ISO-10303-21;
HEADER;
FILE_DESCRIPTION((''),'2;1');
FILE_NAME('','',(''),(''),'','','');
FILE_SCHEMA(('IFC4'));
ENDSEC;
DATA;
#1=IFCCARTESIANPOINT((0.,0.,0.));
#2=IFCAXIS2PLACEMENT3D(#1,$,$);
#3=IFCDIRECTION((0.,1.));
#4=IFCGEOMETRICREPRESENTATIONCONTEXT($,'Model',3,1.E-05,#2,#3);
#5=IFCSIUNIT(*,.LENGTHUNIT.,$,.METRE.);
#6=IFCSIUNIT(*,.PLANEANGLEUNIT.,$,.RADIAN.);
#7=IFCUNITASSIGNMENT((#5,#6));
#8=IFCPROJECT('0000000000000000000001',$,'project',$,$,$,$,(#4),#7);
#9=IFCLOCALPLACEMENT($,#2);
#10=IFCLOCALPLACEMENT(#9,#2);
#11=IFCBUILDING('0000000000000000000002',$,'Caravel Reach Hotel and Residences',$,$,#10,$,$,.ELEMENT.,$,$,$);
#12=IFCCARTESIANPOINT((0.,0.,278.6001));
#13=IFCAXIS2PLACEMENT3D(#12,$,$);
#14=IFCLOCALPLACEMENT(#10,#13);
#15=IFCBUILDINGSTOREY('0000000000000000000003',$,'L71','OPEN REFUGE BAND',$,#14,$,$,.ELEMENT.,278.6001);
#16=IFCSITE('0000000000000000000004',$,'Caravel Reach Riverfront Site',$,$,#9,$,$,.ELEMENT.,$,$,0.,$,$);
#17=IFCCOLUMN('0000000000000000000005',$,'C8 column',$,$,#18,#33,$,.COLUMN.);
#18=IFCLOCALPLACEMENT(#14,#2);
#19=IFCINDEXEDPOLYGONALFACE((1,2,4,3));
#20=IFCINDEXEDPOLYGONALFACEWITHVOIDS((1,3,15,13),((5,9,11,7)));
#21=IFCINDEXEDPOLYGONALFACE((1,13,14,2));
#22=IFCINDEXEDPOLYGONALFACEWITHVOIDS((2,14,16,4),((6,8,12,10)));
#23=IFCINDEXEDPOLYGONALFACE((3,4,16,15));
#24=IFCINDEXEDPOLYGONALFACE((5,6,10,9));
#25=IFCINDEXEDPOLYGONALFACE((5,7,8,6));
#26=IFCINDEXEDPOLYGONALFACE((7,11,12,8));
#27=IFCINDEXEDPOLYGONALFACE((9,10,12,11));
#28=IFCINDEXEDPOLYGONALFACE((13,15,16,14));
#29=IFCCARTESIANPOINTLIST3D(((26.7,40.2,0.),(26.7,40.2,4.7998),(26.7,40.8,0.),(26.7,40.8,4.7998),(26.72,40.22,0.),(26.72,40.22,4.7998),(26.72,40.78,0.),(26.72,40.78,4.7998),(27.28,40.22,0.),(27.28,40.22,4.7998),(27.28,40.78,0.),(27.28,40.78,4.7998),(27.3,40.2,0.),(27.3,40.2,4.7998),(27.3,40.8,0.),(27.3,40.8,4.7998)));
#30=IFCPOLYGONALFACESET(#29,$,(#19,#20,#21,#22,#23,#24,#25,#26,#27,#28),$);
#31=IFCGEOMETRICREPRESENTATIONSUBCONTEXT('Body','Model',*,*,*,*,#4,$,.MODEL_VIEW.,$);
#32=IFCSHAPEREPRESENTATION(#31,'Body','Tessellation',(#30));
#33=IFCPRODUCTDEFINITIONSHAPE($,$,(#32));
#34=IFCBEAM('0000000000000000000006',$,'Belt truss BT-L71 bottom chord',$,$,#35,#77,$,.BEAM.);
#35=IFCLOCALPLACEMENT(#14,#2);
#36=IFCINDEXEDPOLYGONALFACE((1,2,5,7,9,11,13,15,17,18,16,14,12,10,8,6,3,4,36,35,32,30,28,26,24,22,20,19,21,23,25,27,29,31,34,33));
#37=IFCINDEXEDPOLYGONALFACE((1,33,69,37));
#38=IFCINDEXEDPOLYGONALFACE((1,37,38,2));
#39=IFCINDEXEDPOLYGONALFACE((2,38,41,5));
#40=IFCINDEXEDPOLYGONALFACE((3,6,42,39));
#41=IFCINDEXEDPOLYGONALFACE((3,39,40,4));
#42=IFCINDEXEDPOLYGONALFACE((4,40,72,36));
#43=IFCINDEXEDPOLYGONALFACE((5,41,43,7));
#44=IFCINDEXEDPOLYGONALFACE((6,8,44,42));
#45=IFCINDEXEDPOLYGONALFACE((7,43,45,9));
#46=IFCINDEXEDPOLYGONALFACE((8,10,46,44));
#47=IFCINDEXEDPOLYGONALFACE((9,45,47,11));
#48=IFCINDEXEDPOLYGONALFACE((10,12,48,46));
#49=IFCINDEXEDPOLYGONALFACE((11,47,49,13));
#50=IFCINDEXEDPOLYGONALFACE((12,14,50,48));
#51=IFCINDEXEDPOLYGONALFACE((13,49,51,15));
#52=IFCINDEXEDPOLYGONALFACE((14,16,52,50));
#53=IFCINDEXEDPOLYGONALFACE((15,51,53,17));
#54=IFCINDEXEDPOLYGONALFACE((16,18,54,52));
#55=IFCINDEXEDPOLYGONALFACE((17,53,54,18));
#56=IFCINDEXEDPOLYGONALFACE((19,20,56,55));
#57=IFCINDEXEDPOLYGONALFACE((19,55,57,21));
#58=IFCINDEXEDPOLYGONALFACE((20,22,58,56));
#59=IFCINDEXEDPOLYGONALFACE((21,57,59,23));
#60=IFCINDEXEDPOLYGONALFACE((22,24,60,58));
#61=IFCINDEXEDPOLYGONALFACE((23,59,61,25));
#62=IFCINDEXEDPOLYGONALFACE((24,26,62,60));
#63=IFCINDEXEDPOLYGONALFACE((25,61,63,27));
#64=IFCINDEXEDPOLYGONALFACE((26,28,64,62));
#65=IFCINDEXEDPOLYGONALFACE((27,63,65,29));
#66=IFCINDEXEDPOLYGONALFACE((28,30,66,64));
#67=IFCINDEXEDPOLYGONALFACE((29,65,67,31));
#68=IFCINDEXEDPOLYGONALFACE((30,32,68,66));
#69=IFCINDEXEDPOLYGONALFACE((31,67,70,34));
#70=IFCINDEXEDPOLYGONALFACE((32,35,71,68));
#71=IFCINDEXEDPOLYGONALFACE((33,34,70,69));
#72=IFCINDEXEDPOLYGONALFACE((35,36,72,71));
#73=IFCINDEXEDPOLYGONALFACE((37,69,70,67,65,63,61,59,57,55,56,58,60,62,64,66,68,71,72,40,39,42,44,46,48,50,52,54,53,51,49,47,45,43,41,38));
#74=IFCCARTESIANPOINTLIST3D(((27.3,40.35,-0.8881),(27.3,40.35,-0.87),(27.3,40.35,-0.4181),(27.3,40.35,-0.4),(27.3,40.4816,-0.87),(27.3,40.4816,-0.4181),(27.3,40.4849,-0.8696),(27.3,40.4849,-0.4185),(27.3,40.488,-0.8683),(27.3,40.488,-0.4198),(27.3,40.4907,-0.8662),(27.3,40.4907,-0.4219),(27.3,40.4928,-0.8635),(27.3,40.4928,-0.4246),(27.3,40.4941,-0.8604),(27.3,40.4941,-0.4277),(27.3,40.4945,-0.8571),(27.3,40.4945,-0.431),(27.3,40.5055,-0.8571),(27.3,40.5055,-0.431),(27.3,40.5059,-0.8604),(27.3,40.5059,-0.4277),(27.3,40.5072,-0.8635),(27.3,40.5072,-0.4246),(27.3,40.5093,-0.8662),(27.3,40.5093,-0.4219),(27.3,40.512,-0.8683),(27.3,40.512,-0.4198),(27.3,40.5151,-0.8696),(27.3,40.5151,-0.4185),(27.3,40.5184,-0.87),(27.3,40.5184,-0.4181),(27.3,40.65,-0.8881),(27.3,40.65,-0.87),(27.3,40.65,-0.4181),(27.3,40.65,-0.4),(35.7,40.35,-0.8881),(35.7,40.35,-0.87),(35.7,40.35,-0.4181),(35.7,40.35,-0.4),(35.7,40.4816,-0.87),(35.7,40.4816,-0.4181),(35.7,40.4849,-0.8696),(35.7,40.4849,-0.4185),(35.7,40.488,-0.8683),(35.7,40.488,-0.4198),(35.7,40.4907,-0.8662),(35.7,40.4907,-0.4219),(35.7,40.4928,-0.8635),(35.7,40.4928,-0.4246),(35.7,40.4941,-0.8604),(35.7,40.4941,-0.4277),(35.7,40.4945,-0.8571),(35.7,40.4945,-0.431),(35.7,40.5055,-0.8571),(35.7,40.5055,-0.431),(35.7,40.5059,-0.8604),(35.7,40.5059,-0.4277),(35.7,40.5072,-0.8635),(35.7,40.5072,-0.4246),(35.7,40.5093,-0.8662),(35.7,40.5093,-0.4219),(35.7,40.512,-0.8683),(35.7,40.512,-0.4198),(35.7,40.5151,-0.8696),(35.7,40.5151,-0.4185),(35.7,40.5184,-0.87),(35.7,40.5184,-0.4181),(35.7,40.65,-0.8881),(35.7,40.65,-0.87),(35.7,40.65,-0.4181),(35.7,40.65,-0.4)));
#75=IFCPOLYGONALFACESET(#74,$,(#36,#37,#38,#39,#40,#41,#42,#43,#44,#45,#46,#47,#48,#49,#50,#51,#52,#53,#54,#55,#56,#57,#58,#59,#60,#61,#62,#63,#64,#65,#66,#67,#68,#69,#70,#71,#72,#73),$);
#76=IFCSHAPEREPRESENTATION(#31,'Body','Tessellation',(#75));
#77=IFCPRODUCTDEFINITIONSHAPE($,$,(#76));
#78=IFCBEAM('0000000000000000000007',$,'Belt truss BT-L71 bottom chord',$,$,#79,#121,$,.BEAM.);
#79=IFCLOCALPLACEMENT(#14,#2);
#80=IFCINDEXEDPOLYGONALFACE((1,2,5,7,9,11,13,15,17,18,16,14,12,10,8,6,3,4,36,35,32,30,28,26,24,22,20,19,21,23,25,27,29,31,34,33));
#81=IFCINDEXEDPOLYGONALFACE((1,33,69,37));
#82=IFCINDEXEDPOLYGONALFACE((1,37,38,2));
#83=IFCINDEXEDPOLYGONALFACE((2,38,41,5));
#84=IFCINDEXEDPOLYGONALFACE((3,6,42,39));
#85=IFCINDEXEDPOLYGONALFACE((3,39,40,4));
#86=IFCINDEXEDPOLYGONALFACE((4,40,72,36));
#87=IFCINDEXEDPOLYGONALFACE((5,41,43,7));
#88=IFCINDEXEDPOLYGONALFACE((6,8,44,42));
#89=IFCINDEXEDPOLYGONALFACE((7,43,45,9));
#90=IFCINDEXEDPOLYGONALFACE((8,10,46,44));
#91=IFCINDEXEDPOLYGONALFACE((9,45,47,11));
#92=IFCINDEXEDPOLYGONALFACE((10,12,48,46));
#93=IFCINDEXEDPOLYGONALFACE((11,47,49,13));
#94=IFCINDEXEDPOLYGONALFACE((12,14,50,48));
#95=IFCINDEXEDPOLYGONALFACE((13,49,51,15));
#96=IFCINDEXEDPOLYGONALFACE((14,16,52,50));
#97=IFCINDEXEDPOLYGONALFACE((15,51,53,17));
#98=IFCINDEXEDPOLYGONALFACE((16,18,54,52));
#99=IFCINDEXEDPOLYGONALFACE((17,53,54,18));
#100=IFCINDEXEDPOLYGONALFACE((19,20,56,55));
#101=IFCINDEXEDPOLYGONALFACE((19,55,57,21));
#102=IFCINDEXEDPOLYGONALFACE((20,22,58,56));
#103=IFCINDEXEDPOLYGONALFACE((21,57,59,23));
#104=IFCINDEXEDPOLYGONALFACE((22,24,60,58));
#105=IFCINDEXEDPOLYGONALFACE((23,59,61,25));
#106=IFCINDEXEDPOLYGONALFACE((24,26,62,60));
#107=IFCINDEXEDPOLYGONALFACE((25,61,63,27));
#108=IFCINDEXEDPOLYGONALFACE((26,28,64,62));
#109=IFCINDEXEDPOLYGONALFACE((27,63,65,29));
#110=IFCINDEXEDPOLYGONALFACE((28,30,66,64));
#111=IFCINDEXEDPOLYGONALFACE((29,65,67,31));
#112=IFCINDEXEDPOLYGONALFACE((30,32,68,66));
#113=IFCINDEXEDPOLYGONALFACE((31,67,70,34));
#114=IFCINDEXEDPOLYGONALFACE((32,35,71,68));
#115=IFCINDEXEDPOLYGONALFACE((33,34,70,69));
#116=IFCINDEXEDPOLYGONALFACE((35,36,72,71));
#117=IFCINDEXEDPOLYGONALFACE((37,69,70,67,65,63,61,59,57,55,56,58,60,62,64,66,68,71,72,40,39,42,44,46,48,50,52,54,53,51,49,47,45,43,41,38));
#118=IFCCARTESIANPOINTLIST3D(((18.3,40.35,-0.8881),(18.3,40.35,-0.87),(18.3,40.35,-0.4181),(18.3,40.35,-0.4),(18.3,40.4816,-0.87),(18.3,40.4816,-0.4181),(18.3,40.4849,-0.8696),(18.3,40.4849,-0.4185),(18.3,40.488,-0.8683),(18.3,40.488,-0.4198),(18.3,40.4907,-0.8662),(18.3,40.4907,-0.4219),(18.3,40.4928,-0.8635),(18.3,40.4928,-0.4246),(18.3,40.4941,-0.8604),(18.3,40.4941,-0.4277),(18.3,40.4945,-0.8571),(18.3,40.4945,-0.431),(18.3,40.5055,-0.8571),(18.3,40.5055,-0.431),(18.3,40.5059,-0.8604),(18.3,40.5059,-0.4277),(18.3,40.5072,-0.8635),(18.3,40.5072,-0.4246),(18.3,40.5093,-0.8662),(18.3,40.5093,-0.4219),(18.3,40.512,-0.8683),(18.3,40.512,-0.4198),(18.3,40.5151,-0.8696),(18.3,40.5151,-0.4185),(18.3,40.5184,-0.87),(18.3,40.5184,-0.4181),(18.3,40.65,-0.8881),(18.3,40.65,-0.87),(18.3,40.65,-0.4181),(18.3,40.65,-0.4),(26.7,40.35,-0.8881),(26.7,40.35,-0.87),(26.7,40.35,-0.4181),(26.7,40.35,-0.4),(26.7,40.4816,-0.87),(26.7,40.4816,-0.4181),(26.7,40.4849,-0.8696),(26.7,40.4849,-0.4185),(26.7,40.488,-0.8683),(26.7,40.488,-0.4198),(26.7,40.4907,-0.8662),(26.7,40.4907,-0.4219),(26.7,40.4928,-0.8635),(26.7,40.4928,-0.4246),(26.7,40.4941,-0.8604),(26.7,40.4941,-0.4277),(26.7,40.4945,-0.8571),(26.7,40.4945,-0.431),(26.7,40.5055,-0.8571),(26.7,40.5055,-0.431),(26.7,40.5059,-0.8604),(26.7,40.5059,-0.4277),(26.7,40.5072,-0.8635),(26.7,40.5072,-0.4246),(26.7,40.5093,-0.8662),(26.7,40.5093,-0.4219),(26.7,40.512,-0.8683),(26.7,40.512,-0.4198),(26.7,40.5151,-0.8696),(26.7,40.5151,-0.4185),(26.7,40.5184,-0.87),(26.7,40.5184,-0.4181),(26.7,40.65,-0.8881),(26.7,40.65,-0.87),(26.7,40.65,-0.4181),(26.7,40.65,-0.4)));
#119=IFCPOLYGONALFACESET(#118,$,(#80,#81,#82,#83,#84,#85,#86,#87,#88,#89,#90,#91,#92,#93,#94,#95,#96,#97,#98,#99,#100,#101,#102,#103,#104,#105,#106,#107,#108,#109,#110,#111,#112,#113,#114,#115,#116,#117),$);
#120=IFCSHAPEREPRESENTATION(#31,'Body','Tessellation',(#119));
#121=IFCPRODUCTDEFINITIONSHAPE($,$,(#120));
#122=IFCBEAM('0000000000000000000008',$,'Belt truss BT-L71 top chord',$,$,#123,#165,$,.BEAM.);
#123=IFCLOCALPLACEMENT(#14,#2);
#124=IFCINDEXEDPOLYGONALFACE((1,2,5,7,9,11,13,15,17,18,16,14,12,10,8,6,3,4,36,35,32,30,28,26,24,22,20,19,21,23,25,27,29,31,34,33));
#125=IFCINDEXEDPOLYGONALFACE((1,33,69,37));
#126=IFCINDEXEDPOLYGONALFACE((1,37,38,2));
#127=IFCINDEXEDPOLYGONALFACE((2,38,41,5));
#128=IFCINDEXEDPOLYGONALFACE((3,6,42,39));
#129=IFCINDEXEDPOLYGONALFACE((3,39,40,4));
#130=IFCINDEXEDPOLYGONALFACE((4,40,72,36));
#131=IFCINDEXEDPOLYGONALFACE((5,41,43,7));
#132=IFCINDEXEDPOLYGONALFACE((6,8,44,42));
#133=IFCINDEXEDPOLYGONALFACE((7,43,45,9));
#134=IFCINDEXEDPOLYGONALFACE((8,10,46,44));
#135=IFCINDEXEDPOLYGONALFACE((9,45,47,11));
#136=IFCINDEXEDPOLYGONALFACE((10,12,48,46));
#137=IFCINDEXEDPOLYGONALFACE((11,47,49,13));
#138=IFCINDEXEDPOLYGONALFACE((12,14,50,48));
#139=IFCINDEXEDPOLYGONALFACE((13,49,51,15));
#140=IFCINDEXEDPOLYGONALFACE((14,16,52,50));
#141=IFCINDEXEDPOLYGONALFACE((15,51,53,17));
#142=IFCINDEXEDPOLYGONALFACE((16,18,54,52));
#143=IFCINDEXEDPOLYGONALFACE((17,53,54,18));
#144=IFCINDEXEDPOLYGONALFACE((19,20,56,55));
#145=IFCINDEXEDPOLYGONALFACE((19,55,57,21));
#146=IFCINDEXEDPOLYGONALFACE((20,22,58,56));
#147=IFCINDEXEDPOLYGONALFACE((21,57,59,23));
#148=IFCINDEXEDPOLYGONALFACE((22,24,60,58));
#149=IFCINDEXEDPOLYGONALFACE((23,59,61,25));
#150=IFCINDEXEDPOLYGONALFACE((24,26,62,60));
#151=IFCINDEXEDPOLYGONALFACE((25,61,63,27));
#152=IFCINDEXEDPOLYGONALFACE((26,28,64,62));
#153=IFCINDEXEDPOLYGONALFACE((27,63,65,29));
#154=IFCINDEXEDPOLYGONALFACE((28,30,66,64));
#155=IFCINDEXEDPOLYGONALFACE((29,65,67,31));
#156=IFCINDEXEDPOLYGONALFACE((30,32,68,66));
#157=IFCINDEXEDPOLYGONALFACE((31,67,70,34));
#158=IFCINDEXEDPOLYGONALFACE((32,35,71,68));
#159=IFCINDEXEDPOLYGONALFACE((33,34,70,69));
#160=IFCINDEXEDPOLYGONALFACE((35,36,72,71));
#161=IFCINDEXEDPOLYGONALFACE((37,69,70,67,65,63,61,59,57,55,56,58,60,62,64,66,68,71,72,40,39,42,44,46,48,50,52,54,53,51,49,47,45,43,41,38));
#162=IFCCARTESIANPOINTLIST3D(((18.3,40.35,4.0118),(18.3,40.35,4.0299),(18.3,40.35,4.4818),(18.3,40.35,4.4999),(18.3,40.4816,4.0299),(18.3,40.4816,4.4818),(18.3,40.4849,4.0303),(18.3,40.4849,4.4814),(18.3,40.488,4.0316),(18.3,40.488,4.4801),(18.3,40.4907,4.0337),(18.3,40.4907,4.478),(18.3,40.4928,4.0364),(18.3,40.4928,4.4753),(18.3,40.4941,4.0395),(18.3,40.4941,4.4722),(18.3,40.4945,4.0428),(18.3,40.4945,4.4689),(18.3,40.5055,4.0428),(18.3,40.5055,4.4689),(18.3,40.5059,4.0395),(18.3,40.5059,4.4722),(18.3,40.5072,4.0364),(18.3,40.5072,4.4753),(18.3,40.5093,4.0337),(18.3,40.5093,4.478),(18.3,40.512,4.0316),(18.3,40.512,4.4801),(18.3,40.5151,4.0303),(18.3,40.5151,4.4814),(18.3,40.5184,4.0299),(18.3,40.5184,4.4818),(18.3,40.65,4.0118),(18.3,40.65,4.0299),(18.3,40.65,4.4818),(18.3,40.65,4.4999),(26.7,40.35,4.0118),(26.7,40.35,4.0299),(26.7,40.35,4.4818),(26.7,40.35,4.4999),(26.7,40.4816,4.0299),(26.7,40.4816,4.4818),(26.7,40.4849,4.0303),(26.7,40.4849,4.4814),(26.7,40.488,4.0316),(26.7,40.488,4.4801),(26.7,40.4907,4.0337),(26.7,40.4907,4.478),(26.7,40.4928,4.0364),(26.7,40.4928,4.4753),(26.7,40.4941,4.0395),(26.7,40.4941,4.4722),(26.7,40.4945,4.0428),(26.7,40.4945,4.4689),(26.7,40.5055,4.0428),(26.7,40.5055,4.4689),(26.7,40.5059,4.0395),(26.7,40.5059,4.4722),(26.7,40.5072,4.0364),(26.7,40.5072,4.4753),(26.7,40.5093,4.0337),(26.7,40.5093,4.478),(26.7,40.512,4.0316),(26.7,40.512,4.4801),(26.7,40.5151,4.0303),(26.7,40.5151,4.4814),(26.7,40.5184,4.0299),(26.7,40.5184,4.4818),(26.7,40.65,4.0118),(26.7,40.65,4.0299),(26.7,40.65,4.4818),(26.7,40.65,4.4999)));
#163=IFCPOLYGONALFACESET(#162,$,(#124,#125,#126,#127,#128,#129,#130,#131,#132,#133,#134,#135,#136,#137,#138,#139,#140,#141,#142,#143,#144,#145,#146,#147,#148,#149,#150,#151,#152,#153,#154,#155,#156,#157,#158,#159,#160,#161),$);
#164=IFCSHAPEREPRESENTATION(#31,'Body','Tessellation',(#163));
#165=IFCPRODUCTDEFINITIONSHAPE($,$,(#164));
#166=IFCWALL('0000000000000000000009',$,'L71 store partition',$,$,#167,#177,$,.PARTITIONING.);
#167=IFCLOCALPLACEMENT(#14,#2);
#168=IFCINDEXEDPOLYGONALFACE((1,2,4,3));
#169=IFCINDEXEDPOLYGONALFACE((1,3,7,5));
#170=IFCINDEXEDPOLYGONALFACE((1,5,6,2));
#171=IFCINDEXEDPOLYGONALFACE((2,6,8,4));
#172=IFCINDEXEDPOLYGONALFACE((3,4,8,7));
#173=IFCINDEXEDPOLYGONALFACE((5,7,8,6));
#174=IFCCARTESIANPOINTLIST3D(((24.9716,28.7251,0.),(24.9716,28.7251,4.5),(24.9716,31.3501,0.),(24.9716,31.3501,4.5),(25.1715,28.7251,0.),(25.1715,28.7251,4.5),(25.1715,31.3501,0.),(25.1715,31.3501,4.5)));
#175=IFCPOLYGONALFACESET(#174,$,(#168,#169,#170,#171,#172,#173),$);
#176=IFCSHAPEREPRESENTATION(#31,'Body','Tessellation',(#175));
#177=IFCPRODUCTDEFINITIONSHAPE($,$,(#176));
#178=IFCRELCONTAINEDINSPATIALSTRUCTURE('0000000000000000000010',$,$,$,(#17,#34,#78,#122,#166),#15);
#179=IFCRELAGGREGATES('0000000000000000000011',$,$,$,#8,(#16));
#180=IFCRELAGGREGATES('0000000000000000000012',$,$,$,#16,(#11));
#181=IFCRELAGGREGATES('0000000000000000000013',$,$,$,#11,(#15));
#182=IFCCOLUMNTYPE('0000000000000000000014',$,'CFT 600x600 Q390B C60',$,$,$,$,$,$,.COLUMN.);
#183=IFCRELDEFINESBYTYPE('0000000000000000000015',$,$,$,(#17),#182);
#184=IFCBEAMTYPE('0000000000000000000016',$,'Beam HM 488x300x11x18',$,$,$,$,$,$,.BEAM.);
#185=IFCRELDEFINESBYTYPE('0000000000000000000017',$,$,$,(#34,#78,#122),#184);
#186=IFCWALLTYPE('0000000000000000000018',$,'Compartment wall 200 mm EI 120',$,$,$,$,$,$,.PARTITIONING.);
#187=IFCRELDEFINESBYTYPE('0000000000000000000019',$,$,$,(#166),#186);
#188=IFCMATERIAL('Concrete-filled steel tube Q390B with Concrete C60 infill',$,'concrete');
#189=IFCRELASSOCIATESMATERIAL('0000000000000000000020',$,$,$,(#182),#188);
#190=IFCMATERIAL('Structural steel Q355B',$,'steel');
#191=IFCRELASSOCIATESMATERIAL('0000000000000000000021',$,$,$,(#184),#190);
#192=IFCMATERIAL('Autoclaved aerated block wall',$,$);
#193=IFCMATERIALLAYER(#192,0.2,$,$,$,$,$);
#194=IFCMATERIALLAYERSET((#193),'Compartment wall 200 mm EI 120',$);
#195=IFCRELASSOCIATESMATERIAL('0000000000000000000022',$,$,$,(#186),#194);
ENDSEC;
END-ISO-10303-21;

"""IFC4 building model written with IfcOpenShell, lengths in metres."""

from ifc_helpers import new_model, si_unit, direction, frame, frame_2d, origin, origin_2d, place, context, subcontext, project, spatial, rectangle, hollow_rectangle, i_section, extrude, material, layer, layer_set, material_profile, profile_set, type_object, element, save


model = new_model("IFC4")

# Units and contexts
model_context = context("Model", 3, precision=1e-05, world=origin(), true_north=direction((0.0, 1.0)))
body_context = subcontext(model_context, "Body", "Model", "MODEL_VIEW")
ifc_project = project(units=[si_unit("LENGTHUNIT", "METRE"), si_unit("PLANEANGLEUNIT", "RADIAN")], contexts=[model_context])

# Site, building, storey
site_placement = place(None, origin())
site = spatial("IfcSite", under=ifc_project, at=site_placement, Name="Caravel Reach Riverfront Site", CompositionType="ELEMENT", RefElevation=0.0)
building_placement = place(site_placement, origin())
building = spatial("IfcBuilding", under=site, at=building_placement, Name="Caravel Reach Hotel and Residences", CompositionType="ELEMENT")
storey_placement = place(building_placement, frame((0.0, 0.0, 278.6001)))
storey = spatial("IfcBuildingStorey", under=building, at=storey_placement, Name="L71", Description="OPEN REFUGE BAND", CompositionType="ELEMENT", Elevation=278.6001)

# Column
ifc_material_1 = material(Name="Concrete-filled steel tube Q390B with Concrete C60 infill", Category="concrete")
ifc_material_profile_1 = material_profile(ifc_material_1, hollow_rectangle(XDim=0.6001, YDim=0.6001, WallThickness=0.02, at=origin_2d()), Name="RHS 600x600x20")
ifc_profile_set_1 = profile_set([ifc_material_profile_1], Name="Concrete-filled steel tube Q390B with Concrete C60 infill")
column_type = type_object("IfcColumnType", Name="CFT 600x600 Q390B C60", PredefinedType="COLUMN", material=ifc_profile_set_1)
column_placement = place(storey_placement, frame((27.0, 40.5, 0.0), z_axis=(0.0, 0.0, 1.0), x_axis=(1.0, 0.0, 0.0)))
element("IfcColumn", 1, at=column_placement, inside=storey, type_object=column_type, Name="C8 column", PredefinedType="COLUMN", context=body_context, shape_type="SweptSolid", body=[
    extrude(hollow_rectangle(XDim=0.6001, YDim=0.6001, WallThickness=0.02, at=origin_2d()), origin(), (0.0, 0.0, 1.0), 4.7998),
])

# Beams
ifc_material_2 = material(Name="Structural steel Q355B", Category="steel")
ifc_material_profile_2 = material_profile(ifc_material_2, i_section(OverallWidth=0.3, OverallDepth=0.488, WebThickness=0.011, FlangeThickness=0.0181, FilletRadius=0.0129, at=origin_2d()), Name="HM 488x300x11x18")
ifc_profile_set_2 = profile_set([ifc_material_profile_2], Name="Structural steel Q355B")
beam_type = type_object("IfcBeamType", Name="Beam HM 488x300x11x18", PredefinedType="BEAM", material=ifc_profile_set_2)
for number, where, z_axis, x_axis, name in (
    (2, (35.7, 40.5, -0.644), (-1.0, 0.0, 0.0), (0.0, -1.0, 0.0), "Belt truss BT-L71 bottom chord"),
    (3, (26.7, 40.5, -0.644), (-1.0, 0.0, 0.0), (0.0, -1.0, 0.0), "Belt truss BT-L71 bottom chord"),
    (4, (26.7, 40.5, 4.2559), (-1.0, 0.0, 0.0), (0.0, -1.0, 0.0), "Belt truss BT-L71 top chord"),
):
    element("IfcBeam", number, at=place(storey_placement, frame(where, z_axis=z_axis, x_axis=x_axis)), inside=storey, type_object=beam_type, Name=name, PredefinedType="BEAM", context=body_context, shape_type="SweptSolid", body=[
        extrude(i_section(OverallWidth=0.3, OverallDepth=0.488, WebThickness=0.011, FlangeThickness=0.0181, FilletRadius=0.0129, at=origin_2d()), origin(), (0.0, 0.0, 1.0), 8.3999),
    ])

# Wall
ifc_material_3 = material(Name="Autoclaved aerated block wall")
ifc_layer_1 = layer(ifc_material_3, 0.2)
ifc_layer_set_1 = layer_set([ifc_layer_1], Name="Compartment wall 200 mm EI 120")
wall_type_1 = type_object("IfcWallType", Name="Compartment wall 200 mm EI 120", PredefinedType="PARTITIONING", material=ifc_layer_set_1)
wall_1_placement = place(storey_placement, frame((25.0715, 28.7251, 0.0), z_axis=(0.0, 0.0, 1.0), x_axis=(0.0, 1.0, 0.0)))
element("IfcWall", 5, at=wall_1_placement, inside=storey, type_object=wall_type_1, Name="L71 store partition", PredefinedType="PARTITIONING", context=body_context, shape_type="SweptSolid", body=[
    extrude(rectangle(XDim=2.625, YDim=0.2, at=frame_2d((1.3125, 0.0))), origin(), (0.0, 0.0, 1.0), 4.5),
])

save(model, "model.ifc")
